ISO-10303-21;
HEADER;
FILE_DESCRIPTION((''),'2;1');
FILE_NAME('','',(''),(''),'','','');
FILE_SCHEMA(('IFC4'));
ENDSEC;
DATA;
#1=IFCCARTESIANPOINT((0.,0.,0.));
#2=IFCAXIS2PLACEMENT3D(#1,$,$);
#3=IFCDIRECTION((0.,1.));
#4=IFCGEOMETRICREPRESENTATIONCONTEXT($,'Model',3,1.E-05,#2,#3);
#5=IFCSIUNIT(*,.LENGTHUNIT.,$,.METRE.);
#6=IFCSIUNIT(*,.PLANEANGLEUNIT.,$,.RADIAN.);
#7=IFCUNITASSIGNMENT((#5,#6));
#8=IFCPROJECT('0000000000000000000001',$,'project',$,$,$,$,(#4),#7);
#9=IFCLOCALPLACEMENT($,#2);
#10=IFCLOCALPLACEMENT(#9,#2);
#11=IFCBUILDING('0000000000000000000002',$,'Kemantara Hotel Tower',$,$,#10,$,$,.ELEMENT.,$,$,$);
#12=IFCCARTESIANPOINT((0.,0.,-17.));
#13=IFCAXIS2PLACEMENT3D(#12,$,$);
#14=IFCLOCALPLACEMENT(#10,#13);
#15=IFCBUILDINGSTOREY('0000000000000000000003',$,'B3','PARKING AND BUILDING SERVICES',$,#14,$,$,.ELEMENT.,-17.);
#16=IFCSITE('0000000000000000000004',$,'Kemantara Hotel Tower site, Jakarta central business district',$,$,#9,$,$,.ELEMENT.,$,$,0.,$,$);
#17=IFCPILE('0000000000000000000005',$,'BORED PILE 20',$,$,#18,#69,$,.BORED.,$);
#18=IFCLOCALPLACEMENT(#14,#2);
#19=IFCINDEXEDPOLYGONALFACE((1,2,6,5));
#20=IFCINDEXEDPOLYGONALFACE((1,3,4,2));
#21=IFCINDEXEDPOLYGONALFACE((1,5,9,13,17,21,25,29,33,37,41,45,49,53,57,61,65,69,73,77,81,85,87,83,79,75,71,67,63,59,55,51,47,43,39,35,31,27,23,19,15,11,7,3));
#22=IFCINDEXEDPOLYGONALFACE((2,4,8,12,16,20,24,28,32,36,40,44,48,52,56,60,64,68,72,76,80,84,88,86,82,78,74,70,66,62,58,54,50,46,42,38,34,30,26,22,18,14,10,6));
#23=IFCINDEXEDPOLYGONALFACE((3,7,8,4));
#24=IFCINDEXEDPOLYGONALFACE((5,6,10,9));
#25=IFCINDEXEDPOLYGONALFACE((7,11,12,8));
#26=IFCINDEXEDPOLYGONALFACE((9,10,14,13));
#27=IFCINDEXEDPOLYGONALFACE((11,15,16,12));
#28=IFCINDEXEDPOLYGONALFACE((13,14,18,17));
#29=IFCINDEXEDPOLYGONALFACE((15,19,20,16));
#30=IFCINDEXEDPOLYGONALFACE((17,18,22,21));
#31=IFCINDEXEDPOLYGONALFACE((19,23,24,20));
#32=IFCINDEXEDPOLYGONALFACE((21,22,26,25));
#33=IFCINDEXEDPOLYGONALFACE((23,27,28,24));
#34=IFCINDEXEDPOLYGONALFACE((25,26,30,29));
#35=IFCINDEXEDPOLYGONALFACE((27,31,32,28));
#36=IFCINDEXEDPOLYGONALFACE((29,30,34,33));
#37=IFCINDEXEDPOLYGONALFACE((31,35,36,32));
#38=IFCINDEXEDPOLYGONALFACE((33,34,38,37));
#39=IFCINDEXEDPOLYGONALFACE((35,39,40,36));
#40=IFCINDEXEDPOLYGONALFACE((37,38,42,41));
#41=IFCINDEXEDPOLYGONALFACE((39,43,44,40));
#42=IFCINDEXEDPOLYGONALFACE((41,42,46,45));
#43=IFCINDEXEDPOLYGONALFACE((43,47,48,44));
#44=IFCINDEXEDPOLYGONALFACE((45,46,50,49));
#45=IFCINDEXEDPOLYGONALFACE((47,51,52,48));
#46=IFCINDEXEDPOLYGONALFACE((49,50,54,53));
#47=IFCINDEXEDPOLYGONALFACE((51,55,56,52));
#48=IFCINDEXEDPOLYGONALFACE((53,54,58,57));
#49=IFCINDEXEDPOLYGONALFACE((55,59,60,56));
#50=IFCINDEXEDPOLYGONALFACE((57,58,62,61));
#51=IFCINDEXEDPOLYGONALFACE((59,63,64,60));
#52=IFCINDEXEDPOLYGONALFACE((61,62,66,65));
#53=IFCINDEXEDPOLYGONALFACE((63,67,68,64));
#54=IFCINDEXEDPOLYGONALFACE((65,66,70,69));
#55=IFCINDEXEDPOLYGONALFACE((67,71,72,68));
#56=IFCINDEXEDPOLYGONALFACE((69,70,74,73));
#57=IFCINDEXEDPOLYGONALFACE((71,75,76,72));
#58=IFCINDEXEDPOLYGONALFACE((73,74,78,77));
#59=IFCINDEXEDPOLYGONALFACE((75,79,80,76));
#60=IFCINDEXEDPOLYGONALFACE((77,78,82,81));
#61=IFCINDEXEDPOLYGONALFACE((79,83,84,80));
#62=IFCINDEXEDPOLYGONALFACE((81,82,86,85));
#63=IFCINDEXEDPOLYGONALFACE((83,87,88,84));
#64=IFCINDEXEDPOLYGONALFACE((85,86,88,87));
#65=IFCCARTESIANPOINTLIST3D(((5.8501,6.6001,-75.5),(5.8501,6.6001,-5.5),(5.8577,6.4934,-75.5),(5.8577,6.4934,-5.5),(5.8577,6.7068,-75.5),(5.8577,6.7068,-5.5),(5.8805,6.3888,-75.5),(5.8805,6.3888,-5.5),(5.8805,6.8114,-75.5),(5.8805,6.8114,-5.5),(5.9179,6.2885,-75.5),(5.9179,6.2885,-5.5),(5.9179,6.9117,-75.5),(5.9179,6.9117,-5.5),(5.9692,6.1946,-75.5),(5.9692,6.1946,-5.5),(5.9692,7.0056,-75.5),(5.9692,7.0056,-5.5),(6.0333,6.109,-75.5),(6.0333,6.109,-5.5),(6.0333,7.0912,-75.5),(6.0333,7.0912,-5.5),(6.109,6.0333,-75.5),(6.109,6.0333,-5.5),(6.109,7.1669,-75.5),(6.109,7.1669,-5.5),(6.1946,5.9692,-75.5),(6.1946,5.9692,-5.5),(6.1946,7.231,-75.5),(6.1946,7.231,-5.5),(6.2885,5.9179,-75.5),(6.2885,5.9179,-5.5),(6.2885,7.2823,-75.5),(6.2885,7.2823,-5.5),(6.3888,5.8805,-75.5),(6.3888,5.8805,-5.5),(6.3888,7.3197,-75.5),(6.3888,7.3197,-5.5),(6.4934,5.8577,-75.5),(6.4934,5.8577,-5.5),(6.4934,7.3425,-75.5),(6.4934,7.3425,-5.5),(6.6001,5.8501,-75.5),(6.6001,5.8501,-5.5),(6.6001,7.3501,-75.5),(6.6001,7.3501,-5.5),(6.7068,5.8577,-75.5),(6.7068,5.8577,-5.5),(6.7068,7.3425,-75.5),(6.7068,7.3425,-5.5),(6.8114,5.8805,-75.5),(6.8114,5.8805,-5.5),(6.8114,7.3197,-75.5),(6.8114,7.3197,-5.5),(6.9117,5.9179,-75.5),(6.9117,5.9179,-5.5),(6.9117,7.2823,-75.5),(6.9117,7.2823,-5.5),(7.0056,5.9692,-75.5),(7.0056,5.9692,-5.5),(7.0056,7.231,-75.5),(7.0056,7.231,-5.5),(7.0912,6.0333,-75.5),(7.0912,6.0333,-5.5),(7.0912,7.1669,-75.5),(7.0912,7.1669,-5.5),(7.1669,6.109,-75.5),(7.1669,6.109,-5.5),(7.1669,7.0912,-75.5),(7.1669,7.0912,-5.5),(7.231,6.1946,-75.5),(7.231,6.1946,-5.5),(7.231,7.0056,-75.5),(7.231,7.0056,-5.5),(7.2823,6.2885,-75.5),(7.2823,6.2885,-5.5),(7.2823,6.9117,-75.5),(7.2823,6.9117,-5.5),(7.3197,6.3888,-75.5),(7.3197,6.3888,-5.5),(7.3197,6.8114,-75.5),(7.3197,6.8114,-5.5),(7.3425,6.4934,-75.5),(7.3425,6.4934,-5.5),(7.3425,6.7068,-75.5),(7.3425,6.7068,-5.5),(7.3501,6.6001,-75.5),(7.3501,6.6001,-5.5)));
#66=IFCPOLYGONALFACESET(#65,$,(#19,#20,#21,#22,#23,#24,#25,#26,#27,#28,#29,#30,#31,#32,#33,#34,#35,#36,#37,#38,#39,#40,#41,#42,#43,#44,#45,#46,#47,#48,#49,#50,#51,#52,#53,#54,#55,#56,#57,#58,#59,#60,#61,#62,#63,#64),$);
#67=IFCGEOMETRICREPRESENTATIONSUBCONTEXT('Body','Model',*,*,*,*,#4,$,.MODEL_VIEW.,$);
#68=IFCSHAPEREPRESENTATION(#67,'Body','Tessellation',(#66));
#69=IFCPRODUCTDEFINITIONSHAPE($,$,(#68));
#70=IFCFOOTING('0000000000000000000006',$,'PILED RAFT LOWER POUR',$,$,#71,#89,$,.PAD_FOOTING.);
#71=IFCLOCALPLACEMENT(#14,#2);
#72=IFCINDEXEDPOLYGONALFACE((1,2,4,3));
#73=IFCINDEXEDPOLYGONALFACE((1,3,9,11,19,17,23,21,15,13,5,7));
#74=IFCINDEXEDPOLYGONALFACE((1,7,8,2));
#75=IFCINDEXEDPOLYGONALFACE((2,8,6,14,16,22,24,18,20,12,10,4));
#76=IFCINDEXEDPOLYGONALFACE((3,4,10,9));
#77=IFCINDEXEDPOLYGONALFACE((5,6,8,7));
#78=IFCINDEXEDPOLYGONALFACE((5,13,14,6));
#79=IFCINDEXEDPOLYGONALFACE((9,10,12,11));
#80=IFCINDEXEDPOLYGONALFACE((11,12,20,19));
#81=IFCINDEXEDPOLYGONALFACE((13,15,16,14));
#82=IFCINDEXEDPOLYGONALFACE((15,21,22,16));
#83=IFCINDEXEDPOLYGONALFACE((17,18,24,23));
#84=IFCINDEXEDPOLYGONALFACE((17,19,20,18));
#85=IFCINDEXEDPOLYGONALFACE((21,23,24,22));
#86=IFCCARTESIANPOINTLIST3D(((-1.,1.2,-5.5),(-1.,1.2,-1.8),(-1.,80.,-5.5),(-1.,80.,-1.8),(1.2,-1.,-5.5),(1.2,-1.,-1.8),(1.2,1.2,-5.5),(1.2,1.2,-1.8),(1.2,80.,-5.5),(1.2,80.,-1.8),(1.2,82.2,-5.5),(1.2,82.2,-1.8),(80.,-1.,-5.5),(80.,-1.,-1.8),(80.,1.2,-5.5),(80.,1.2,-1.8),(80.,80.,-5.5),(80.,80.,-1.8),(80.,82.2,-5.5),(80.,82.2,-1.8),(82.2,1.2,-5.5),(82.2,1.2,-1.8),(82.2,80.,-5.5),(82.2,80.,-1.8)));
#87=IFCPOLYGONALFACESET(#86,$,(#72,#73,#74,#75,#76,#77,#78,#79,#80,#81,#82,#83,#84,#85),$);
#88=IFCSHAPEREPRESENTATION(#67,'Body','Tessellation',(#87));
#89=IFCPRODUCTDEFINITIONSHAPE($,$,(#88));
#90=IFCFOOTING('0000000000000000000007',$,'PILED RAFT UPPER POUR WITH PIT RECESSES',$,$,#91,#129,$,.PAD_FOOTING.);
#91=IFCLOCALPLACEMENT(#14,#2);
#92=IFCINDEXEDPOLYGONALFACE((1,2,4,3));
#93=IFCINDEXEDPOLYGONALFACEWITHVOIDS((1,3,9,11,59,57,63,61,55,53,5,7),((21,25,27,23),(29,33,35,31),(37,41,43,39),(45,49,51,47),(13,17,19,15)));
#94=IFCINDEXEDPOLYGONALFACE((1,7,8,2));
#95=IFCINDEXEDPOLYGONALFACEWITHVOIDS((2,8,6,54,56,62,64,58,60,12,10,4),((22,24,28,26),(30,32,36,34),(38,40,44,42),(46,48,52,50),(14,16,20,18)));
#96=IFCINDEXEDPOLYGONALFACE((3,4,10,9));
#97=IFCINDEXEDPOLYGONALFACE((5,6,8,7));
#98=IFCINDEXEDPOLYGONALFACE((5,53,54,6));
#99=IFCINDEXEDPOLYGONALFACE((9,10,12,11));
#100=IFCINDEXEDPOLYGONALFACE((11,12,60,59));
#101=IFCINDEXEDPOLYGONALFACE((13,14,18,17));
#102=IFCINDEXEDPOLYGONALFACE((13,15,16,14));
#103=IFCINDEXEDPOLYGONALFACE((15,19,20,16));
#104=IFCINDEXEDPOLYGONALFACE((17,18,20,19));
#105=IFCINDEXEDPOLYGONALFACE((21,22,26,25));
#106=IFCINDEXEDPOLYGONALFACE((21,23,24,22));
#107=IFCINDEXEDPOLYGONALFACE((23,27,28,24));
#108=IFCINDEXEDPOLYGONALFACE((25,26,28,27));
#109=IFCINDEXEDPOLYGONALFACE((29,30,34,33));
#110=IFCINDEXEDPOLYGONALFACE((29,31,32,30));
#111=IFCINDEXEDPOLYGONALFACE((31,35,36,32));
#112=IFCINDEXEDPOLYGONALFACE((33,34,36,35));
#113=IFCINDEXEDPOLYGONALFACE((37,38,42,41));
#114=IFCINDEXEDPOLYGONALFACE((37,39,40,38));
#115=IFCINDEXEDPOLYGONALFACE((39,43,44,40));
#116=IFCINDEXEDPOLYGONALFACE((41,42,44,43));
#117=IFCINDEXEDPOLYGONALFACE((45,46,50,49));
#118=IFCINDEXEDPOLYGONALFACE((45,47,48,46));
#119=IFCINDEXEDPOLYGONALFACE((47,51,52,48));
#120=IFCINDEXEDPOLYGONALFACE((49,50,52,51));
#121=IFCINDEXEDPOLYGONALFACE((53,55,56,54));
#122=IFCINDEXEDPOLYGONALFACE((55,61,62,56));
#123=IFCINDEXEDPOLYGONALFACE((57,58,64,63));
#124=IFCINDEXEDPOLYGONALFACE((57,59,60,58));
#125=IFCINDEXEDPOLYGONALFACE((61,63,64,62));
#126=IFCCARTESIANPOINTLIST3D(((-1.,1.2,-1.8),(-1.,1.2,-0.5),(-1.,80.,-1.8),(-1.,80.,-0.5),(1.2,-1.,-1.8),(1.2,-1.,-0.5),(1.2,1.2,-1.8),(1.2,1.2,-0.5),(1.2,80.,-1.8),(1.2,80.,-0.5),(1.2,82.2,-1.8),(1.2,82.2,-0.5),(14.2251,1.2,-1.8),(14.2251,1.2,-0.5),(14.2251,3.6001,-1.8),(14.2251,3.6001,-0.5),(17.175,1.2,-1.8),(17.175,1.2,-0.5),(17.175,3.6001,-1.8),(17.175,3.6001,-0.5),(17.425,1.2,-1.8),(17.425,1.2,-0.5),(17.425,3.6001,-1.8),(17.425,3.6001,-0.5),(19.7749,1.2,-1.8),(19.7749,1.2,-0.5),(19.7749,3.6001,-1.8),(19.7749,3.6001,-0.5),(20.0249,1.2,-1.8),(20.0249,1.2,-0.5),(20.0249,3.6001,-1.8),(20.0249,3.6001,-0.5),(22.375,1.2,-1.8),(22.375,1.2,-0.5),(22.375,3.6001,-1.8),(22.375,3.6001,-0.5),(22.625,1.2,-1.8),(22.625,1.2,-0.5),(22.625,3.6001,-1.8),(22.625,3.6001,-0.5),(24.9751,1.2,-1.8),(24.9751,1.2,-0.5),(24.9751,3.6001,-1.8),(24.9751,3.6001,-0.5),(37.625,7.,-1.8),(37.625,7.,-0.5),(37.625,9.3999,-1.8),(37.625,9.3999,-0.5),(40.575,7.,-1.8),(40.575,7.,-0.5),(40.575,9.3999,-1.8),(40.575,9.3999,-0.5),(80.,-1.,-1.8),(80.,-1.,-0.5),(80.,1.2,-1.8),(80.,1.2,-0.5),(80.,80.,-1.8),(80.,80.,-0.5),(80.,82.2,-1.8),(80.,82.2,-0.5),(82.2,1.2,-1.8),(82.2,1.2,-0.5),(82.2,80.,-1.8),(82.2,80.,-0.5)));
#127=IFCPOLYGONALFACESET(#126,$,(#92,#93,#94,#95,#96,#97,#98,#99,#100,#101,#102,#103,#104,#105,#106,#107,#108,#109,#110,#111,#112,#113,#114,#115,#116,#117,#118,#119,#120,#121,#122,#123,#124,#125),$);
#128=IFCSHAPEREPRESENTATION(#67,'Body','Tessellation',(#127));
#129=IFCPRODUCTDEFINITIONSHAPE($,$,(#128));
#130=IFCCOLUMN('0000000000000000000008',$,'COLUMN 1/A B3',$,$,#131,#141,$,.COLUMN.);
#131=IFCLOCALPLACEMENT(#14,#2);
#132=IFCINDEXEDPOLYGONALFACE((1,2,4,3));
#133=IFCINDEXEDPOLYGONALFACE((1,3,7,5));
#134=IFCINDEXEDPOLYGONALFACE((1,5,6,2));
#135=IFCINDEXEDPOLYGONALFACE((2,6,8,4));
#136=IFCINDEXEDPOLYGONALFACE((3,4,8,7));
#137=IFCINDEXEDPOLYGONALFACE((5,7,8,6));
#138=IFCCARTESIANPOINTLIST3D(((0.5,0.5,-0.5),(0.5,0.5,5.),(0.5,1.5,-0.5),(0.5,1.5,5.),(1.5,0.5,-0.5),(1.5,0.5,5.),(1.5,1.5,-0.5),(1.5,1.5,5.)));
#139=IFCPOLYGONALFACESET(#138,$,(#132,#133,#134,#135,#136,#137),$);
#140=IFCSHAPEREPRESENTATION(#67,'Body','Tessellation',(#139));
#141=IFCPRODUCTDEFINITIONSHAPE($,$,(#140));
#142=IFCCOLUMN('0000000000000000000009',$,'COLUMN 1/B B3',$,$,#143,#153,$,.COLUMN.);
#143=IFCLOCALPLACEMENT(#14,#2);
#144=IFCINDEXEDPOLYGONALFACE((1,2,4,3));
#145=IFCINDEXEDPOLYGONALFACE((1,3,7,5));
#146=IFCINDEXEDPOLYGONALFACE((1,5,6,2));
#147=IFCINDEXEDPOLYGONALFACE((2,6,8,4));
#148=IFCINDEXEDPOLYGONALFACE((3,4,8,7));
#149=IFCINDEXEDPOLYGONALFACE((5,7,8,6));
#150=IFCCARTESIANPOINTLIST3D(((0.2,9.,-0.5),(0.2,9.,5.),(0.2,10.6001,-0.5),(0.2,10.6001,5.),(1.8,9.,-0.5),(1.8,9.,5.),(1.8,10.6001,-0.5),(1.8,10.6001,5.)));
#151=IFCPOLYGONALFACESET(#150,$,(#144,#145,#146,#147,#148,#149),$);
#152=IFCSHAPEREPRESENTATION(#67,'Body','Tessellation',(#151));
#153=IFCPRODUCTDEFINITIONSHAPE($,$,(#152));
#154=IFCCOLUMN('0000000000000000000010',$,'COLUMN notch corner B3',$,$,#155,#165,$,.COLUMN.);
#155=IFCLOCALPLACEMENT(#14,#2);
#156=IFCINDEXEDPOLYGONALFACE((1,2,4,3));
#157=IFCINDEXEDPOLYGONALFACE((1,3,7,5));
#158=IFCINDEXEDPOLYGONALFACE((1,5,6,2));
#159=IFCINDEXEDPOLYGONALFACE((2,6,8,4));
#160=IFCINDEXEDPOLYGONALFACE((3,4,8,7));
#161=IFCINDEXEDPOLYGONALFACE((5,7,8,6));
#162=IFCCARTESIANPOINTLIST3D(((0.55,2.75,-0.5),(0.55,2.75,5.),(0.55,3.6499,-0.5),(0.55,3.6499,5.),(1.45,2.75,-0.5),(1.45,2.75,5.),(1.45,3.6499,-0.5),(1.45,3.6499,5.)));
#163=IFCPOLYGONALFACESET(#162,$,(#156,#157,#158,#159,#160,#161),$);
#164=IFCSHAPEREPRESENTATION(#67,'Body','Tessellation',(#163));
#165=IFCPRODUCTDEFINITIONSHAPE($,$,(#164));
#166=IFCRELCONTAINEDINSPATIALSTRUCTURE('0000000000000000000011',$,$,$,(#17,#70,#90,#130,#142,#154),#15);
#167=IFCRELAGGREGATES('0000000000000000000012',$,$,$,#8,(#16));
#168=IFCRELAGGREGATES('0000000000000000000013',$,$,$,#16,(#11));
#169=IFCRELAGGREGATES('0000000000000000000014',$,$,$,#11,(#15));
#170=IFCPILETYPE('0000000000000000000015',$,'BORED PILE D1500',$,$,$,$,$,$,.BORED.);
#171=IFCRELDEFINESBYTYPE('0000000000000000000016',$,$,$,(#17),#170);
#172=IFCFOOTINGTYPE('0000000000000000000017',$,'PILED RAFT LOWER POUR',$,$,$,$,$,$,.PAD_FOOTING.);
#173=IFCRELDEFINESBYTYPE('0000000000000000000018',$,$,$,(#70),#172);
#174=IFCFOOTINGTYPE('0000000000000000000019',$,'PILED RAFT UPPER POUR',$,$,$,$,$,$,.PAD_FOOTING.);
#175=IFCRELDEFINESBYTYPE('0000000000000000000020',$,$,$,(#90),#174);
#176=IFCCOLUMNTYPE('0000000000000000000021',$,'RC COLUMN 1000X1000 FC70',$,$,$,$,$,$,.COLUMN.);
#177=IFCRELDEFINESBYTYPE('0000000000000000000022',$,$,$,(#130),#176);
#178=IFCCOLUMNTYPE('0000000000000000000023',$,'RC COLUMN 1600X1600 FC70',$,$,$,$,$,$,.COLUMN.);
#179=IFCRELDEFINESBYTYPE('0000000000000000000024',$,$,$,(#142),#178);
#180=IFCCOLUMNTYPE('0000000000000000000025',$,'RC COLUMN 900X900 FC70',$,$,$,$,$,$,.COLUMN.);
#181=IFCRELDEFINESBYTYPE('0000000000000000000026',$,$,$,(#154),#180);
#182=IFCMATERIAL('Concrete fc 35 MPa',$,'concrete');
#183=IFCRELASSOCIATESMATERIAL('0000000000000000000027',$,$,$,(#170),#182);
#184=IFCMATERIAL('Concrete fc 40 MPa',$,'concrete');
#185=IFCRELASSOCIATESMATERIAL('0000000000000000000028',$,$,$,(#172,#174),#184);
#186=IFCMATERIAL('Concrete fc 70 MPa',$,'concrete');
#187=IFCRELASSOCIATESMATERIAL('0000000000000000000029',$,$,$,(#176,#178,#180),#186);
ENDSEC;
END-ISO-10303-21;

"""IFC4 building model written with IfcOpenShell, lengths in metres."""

from ifc_helpers import new_model, si_unit, direction, frame, origin, origin_2d, place, context, subcontext, project, spatial, polyline, rectangle, circle, outline, extrude, material, material_profile, profile_set, type_object, element, save


model = new_model("IFC4")

# Units and contexts
model_context = context("Model", 3, precision=1e-05, world=origin(), true_north=direction((0.0, 1.0)))
body_context = subcontext(model_context, "Body", "Model", "MODEL_VIEW")
ifc_project = project(units=[si_unit("LENGTHUNIT", "METRE"), si_unit("PLANEANGLEUNIT", "RADIAN")], contexts=[model_context])

# Site, building, storey
site_placement = place(None, origin())
site = spatial("IfcSite", under=ifc_project, at=site_placement, Name="Kemantara Hotel Tower site, Jakarta central business district", CompositionType="ELEMENT", RefElevation=0.0)
building_placement = place(site_placement, origin())
building = spatial("IfcBuilding", under=site, at=building_placement, Name="Kemantara Hotel Tower", CompositionType="ELEMENT")
storey_placement = place(building_placement, frame((0.0, 0.0, -17.0)))
storey = spatial("IfcBuildingStorey", under=building, at=storey_placement, Name="B3", Description="PARKING AND BUILDING SERVICES", CompositionType="ELEMENT", Elevation=-17.0)

# Pile
ifc_material_1 = material(Name="Concrete fc 35 MPa", Category="concrete")
ifc_material_profile_1 = material_profile(ifc_material_1, circle(Radius=0.75, at=origin_2d()), Name="BORED PILE D1500")
ifc_profile_set_1 = profile_set([ifc_material_profile_1], Name="Concrete fc 35 MPa")
pile_type = type_object("IfcPileType", Name="BORED PILE D1500", PredefinedType="BORED", material=ifc_profile_set_1)
for number, where, z_axis, x_axis, name in (
    (1, (6.6001, 6.6001, -5.5), (0.0, 0.0, -1.0), (1.0, 0.0, 0.0), "BORED PILE 20"),
):
    element("IfcPile", number, at=place(storey_placement, frame(where, z_axis=z_axis, x_axis=x_axis)), inside=storey, type_object=pile_type, Name=name, PredefinedType="BORED", context=body_context, shape_type="SweptSolid", body=[
        extrude(circle(Radius=0.75, at=origin_2d()), origin(), (0.0, 0.0, 1.0), 70.0),
    ])

# Footings
ifc_material_2 = material(Name="Concrete fc 40 MPa", Category="concrete")
footing_type_1 = type_object("IfcFootingType", Name="PILED RAFT LOWER POUR", PredefinedType="PAD_FOOTING", material=ifc_material_2)
footing_1_placement = place(storey_placement, frame((0.0, 0.0, -5.5)))
element("IfcFooting", 2, at=footing_1_placement, inside=storey, type_object=footing_type_1, Name="PILED RAFT LOWER POUR", PredefinedType="PAD_FOOTING", context=body_context, shape_type="SweptSolid", body=[
    extrude(outline(polyline([(82.2, 80.0), (82.2, 1.2), (80.0, 1.2), (80.0, -1.0), (1.2, -1.0), (1.2, 1.2), (-1.0, 1.2), (-1.0, 80.0), (1.2, 80.0), (1.2, 82.2), (80.0, 82.2), (80.0, 80.0), (82.2, 80.0)])), origin(), (0.0, 0.0, 1.0), 3.7),
])
footing_type_2 = type_object("IfcFootingType", Name="PILED RAFT UPPER POUR", PredefinedType="PAD_FOOTING", material=ifc_material_2)
footing_2_placement = place(storey_placement, frame((0.0, 0.0, -1.8)))
element("IfcFooting", 3, at=footing_2_placement, inside=storey, type_object=footing_type_2, Name="PILED RAFT UPPER POUR WITH PIT RECESSES", PredefinedType="PAD_FOOTING", context=body_context, shape_type="SweptSolid", body=[
    extrude(outline(polyline([(82.2, 1.2), (80.0, 1.2), (80.0, -1.0), (1.2, -1.0), (1.2, 1.2), (-1.0, 1.2), (-1.0, 80.0), (1.2, 80.0), (1.2, 82.2), (80.0, 82.2), (80.0, 80.0), (82.2, 80.0), (82.2, 1.2)]), holes=[polyline([(14.2251, 3.6001), (14.2251, 1.2), (17.175, 1.2), (17.175, 3.6001), (14.2251, 3.6001)]), polyline([(17.425, 3.6001), (17.425, 1.2), (19.7749, 1.2), (19.7749, 3.6001), (17.425, 3.6001)]), polyline([(20.0249, 3.6001), (20.0249, 1.2), (22.375, 1.2), (22.375, 3.6001), (20.0249, 3.6001)]), polyline([(24.9751, 3.6001), (22.625, 3.6001), (22.625, 1.2), (24.9751, 1.2), (24.9751, 3.6001)]), polyline([(40.575, 9.3999), (37.625, 9.3999), (37.625, 7.0), (40.575, 7.0), (40.575, 9.3999)])]), origin(), (0.0, 0.0, 1.0), 1.3),
])

# Columns
ifc_material_3 = material(Name="Concrete fc 70 MPa", Category="concrete")
ifc_material_profile_2 = material_profile(ifc_material_3, rectangle(XDim=1.0, YDim=1.0, at=origin_2d()), Name="RC 1000X1000")
ifc_profile_set_2 = profile_set([ifc_material_profile_2], Name="Concrete fc 70 MPa")
column_type_1 = type_object("IfcColumnType", Name="RC COLUMN 1000X1000 FC70", PredefinedType="COLUMN", material=ifc_profile_set_2)
column_1_placement = place(storey_placement, frame((1.0, 1.0, -0.5), z_axis=(0.0, 0.0, 1.0), x_axis=(1.0, 0.0, 0.0)))
element("IfcColumn", 4, at=column_1_placement, inside=storey, type_object=column_type_1, Name="COLUMN 1/A B3", PredefinedType="COLUMN", context=body_context, shape_type="SweptSolid", body=[
    extrude(rectangle(XDim=1.0, YDim=1.0, at=origin_2d()), origin(), (0.0, 0.0, 1.0), 5.5),
])
ifc_material_profile_3 = material_profile(ifc_material_3, rectangle(XDim=1.6001, YDim=1.6001, at=origin_2d()), Name="RC 1600X1600")
ifc_profile_set_3 = profile_set([ifc_material_profile_3], Name="Concrete fc 70 MPa")
column_type_2 = type_object("IfcColumnType", Name="RC COLUMN 1600X1600 FC70", PredefinedType="COLUMN", material=ifc_profile_set_3)
column_2_placement = place(storey_placement, frame((1.0, 9.8, -0.5), z_axis=(0.0, 0.0, 1.0), x_axis=(1.0, 0.0, 0.0)))
element("IfcColumn", 5, at=column_2_placement, inside=storey, type_object=column_type_2, Name="COLUMN 1/B B3", PredefinedType="COLUMN", context=body_context, shape_type="SweptSolid", body=[
    extrude(rectangle(XDim=1.6001, YDim=1.6001, at=origin_2d()), origin(), (0.0, 0.0, 1.0), 5.5),
])
ifc_material_profile_4 = material_profile(ifc_material_3, rectangle(XDim=0.8999, YDim=0.8999, at=origin_2d()), Name="RC 900X900")
ifc_profile_set_4 = profile_set([ifc_material_profile_4], Name="Concrete fc 70 MPa")
column_type_3 = type_object("IfcColumnType", Name="RC COLUMN 900X900 FC70", PredefinedType="COLUMN", material=ifc_profile_set_4)
column_3_placement = place(storey_placement, frame((1.0, 3.2, -0.5), z_axis=(0.0, 0.0, 1.0), x_axis=(1.0, 0.0, 0.0)))
element("IfcColumn", 6, at=column_3_placement, inside=storey, type_object=column_type_3, Name="COLUMN notch corner B3", PredefinedType="COLUMN", context=body_context, shape_type="SweptSolid", body=[
    extrude(rectangle(XDim=0.8999, YDim=0.8999, at=origin_2d()), origin(), (0.0, 0.0, 1.0), 5.5),
])

save(model, "model.ifc")
